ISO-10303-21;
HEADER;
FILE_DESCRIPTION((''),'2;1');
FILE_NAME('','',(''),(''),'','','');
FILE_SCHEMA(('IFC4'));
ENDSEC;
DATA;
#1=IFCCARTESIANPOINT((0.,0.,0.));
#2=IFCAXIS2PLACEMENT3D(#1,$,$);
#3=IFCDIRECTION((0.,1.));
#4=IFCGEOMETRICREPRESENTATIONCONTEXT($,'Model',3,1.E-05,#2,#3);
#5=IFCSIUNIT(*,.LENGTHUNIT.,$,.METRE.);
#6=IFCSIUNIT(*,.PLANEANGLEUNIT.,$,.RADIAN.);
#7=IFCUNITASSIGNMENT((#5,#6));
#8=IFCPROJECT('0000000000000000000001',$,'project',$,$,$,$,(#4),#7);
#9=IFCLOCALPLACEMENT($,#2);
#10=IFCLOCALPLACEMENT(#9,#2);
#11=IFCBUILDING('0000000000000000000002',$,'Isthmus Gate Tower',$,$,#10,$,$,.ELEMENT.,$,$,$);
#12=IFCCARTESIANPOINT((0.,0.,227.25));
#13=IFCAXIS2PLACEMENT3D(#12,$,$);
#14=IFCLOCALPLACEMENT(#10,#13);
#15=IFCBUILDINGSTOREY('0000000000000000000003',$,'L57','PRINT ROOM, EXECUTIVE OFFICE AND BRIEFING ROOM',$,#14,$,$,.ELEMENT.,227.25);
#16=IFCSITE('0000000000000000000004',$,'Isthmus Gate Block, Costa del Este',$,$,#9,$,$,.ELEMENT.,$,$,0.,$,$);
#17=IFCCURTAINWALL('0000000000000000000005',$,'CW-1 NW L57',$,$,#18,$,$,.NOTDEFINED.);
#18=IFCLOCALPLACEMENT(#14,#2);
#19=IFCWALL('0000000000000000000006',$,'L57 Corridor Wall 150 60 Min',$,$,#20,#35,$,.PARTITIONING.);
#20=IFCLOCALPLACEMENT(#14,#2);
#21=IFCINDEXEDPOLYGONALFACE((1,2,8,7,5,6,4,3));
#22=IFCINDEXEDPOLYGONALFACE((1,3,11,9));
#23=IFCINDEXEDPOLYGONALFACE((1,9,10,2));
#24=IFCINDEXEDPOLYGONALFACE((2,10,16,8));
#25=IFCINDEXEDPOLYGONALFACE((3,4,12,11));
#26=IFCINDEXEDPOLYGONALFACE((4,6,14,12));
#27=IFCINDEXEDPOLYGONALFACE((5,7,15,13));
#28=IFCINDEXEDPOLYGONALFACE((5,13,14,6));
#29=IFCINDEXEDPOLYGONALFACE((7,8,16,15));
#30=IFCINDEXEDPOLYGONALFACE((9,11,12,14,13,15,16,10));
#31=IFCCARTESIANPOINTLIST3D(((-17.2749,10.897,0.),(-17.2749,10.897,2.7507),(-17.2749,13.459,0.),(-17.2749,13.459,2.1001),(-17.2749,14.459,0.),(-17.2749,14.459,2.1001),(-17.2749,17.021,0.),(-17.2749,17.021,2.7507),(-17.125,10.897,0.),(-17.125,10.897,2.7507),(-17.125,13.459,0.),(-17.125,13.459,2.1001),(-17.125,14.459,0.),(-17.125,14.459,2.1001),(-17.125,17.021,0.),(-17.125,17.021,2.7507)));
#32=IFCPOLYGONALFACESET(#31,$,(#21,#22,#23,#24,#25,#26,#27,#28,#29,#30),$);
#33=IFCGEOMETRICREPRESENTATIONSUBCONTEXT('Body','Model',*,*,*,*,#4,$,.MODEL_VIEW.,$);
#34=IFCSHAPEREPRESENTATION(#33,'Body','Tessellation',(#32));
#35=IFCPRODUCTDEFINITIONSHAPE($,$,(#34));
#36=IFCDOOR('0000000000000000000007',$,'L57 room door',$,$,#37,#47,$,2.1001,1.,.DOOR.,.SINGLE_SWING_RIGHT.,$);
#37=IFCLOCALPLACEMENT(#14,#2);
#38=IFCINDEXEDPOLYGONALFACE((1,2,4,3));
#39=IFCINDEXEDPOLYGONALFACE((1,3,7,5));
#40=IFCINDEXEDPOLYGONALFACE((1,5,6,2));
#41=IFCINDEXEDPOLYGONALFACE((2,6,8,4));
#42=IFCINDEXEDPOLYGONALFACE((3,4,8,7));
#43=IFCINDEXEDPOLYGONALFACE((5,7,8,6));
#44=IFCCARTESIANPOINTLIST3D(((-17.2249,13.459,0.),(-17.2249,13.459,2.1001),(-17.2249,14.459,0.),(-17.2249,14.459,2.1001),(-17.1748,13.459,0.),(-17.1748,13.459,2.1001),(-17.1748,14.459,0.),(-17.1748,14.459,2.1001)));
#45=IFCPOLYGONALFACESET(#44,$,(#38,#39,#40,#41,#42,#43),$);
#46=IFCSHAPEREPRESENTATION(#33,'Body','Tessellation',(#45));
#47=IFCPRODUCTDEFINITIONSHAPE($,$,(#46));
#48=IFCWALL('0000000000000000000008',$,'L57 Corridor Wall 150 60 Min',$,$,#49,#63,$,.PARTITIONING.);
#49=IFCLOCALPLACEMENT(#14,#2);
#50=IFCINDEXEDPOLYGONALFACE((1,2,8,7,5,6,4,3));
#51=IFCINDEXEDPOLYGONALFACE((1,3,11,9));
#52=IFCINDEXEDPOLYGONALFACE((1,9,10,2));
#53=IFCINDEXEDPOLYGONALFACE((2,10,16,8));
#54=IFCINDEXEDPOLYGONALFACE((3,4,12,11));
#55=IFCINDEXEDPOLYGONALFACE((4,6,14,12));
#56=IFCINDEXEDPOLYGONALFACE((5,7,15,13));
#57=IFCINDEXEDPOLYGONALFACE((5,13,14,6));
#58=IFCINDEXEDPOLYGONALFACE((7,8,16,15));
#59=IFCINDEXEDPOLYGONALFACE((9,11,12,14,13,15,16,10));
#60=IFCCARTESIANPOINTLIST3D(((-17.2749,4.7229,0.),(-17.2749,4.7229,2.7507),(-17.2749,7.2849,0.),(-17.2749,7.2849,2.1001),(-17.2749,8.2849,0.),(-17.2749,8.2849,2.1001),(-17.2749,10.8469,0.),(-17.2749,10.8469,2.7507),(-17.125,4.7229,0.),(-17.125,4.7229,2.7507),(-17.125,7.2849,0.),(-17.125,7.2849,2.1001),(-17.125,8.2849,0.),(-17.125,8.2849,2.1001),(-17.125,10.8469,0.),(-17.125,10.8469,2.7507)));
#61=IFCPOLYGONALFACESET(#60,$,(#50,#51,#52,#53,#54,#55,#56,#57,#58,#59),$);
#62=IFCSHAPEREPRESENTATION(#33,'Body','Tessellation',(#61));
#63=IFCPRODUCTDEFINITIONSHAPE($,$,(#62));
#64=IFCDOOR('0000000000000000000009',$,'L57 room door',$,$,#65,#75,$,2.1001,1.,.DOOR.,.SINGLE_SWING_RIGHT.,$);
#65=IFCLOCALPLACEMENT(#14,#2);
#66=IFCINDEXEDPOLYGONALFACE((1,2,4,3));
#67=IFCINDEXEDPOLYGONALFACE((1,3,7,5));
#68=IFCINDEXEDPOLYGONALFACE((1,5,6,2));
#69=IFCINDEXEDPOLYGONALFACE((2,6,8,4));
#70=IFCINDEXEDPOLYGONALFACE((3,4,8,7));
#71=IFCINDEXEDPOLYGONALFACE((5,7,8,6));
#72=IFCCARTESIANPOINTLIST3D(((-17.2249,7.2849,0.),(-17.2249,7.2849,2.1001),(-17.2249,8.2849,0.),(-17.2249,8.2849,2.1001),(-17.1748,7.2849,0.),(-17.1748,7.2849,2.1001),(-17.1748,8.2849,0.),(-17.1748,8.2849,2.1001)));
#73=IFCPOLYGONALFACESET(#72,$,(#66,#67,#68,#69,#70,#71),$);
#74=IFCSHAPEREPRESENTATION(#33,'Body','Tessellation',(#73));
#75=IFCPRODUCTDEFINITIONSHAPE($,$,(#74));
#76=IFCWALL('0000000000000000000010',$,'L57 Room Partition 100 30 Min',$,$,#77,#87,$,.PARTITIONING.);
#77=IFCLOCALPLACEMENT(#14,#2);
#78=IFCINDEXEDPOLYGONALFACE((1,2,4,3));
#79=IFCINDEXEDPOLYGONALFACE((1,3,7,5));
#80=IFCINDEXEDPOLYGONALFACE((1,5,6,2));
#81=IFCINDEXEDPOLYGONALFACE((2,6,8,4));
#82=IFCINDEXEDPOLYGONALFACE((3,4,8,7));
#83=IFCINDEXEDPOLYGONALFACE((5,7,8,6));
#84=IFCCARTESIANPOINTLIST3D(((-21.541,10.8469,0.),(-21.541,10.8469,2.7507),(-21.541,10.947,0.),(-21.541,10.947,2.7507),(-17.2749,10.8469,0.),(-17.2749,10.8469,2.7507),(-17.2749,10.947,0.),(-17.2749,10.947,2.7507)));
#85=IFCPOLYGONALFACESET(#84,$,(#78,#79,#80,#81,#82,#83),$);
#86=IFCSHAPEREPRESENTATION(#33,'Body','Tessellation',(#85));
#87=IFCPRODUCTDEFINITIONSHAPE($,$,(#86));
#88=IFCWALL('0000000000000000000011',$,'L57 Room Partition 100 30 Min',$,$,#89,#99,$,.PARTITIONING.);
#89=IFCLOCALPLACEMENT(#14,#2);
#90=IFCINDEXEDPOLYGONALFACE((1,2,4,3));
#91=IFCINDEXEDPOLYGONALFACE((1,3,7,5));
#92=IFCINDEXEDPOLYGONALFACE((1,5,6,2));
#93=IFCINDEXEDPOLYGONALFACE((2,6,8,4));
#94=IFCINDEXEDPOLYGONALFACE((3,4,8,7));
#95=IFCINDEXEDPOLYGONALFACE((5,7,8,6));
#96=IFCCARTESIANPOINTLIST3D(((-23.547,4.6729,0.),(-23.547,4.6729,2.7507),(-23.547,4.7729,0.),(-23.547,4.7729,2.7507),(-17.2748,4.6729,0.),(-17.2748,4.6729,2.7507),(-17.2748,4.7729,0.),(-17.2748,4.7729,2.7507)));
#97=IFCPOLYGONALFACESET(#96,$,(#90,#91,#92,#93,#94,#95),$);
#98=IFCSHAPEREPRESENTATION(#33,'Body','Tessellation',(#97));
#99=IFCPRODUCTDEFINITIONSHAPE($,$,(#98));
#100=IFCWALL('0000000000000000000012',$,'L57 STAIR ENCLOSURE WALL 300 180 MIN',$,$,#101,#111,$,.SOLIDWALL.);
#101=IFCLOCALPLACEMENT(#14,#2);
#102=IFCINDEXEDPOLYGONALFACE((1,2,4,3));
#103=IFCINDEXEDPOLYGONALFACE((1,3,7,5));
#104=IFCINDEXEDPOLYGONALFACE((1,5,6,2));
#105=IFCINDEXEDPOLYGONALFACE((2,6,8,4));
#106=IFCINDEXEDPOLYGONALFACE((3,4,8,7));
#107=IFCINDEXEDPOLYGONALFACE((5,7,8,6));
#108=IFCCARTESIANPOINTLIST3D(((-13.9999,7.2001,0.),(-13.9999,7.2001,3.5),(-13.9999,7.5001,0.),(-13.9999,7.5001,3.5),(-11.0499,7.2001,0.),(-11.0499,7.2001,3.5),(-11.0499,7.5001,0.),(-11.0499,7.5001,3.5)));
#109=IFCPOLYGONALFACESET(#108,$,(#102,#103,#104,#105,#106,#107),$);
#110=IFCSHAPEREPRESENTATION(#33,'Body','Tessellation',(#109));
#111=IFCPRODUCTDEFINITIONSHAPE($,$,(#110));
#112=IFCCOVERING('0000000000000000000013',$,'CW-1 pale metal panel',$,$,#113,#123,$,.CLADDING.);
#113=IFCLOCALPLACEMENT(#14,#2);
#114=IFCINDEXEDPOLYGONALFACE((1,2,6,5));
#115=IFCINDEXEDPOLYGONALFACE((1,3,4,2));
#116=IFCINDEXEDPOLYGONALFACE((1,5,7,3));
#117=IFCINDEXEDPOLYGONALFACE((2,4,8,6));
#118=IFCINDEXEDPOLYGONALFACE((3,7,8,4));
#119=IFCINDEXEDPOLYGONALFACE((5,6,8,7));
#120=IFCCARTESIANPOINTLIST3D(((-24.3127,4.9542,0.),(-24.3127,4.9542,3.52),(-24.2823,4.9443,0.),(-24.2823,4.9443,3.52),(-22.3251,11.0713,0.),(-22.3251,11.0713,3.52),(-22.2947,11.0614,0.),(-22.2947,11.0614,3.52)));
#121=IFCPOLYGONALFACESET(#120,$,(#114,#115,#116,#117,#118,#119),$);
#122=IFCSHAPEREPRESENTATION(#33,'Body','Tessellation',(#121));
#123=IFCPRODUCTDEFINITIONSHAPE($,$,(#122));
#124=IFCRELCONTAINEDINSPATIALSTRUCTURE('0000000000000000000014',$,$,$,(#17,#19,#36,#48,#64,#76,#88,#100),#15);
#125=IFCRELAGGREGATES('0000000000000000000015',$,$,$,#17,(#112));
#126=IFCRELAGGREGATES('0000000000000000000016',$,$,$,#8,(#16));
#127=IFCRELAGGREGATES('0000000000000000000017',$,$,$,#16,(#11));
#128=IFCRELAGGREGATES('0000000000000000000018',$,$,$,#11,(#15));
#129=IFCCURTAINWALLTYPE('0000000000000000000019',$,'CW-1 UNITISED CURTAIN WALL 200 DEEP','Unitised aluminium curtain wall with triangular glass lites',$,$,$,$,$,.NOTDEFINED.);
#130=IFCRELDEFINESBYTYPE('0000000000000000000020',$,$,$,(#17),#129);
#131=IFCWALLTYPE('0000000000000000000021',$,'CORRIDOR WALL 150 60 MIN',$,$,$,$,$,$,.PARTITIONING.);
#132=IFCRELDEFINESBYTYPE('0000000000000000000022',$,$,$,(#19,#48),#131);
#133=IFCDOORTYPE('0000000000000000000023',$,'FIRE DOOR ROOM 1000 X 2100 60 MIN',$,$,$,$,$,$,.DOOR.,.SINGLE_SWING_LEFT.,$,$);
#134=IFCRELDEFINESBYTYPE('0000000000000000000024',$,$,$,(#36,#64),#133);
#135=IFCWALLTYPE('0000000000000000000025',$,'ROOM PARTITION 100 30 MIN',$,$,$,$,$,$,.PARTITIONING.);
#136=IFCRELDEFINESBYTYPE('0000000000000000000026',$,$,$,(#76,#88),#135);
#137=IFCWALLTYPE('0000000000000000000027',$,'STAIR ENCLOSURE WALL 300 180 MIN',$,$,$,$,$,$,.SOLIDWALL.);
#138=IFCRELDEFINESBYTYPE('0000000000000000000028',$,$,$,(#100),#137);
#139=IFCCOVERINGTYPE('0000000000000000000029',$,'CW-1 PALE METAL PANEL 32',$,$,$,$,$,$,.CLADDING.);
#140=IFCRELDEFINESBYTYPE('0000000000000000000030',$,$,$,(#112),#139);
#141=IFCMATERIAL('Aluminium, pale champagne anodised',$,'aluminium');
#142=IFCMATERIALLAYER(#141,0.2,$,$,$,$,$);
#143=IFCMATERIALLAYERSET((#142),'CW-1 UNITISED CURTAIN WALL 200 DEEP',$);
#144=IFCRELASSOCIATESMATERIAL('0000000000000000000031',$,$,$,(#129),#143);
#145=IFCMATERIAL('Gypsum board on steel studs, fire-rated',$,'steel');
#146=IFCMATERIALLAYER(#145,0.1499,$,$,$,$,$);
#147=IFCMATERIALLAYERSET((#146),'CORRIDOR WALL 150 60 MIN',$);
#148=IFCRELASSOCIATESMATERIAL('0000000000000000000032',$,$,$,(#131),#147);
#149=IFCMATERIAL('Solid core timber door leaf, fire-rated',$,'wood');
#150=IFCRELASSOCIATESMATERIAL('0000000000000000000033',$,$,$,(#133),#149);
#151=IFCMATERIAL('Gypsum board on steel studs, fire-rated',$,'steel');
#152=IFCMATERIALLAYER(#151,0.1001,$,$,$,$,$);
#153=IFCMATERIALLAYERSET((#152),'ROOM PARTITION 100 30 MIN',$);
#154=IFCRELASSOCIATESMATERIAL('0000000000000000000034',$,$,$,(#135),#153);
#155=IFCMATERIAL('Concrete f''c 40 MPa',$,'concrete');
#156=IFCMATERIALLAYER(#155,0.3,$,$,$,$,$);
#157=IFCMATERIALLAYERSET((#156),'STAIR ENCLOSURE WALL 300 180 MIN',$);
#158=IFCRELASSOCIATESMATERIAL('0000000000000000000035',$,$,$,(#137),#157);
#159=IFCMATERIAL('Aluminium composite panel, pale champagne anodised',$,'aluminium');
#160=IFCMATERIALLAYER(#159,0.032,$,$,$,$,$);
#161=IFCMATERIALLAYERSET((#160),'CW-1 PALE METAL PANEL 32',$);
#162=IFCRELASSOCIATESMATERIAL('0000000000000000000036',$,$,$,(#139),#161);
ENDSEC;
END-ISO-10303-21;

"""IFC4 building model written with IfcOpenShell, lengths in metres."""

from ifc_helpers import new_model, si_unit, direction, frame, frame_2d, origin, origin_2d, place, context, subcontext, project, spatial, rectangle, extrude, material, layer, layer_set, type_object, element, fill, aggregate, save


model = new_model("IFC4")

# Units and contexts
model_context = context("Model", 3, precision=1e-05, world=origin(), true_north=direction((0.0, 1.0)))
body_context = subcontext(model_context, "Body", "Model", "MODEL_VIEW")
ifc_project = project(units=[si_unit("LENGTHUNIT", "METRE"), si_unit("PLANEANGLEUNIT", "RADIAN")], contexts=[model_context])

# Site, building, storey
site_placement = place(None, origin())
site = spatial("IfcSite", under=ifc_project, at=site_placement, Name="Isthmus Gate Block, Costa del Este", CompositionType="ELEMENT", RefElevation=0.0)
building_placement = place(site_placement, origin())
building = spatial("IfcBuilding", under=site, at=building_placement, Name="Isthmus Gate Tower", CompositionType="ELEMENT")
storey_placement = place(building_placement, frame((0.0, 0.0, 227.25)))
storey = spatial("IfcBuildingStorey", under=building, at=storey_placement, Name="L57", Description="PRINT ROOM, EXECUTIVE OFFICE AND BRIEFING ROOM", CompositionType="ELEMENT", Elevation=227.25)

# Curtain wall
ifc_material_1 = material(Name="Aluminium, pale champagne anodised", Category="aluminium")
ifc_layer_1 = layer(ifc_material_1, 0.2)
ifc_layer_set_1 = layer_set([ifc_layer_1], Name="CW-1 UNITISED CURTAIN WALL 200 DEEP")
curtain_wall_type = type_object("IfcCurtainWallType", Name="CW-1 UNITISED CURTAIN WALL 200 DEEP", Description="Unitised aluminium curtain wall with triangular glass lites", PredefinedType="NOTDEFINED", material=ifc_layer_set_1)
curtain_wall_placement = place(storey_placement, origin())
curtain_wall = element("IfcCurtainWall", 1, at=curtain_wall_placement, inside=storey, type_object=curtain_wall_type, Name="CW-1 NW L57", PredefinedType="NOTDEFINED")

# Walls, openings, doors
ifc_material_2 = material(Name="Gypsum board on steel studs, fire-rated", Category="steel")
ifc_layer_2 = layer(ifc_material_2, 0.1499)
ifc_layer_set_2 = layer_set([ifc_layer_2], Name="CORRIDOR WALL 150 60 MIN")
wall_type_1 = type_object("IfcWallType", Name="CORRIDOR WALL 150 60 MIN", PredefinedType="PARTITIONING", material=ifc_layer_set_2)
wall_1_placement = place(storey_placement, frame((-17.2, 10.897, 0.0), z_axis=(0.0, 0.0, 1.0), x_axis=(0.0, 1.0, 0.0)))
wall_1 = element("IfcWall", 2, at=wall_1_placement, inside=storey, type_object=wall_type_1, Name="L57 Corridor Wall 150 60 Min", PredefinedType="PARTITIONING", context=body_context, shape_type="SweptSolid", body=[
    extrude(rectangle(XDim=6.124, YDim=0.1499, at=frame_2d((3.062, 0.0))), origin(), (0.0, 0.0, 1.0), 2.7507),
])
opening_1_placement = place(wall_1_placement, frame((2.562, 0.0, 0.0)))
opening_1 = element("IfcOpeningElement", 3, at=opening_1_placement, cuts=wall_1, PredefinedType="OPENING", context=body_context, shape_type="SweptSolid", body=[
    extrude(rectangle(XDim=1.0, YDim=2.1001, at=frame_2d((0.5, 1.05))), frame((0.0, 0.085, 0.0), z_axis=(0.0, -1.0, 0.0), x_axis=(1.0, 0.0, 0.0)), (0.0, 0.0, 1.0), 0.1699),
])
ifc_material_3 = material(Name="Solid core timber door leaf, fire-rated", Category="wood")
door_type = type_object("IfcDoorType", Name="FIRE DOOR ROOM 1000 X 2100 60 MIN", OperationType="SINGLE_SWING_LEFT", PredefinedType="DOOR", material=ifc_material_3)
door_1_placement = place(opening_1_placement, origin())
door_1 = element("IfcDoor", 4, at=door_1_placement, inside=storey, type_object=door_type, Name="L57 room door", OperationType="SINGLE_SWING_RIGHT", OverallHeight=2.1001, OverallWidth=1.0, PredefinedType="DOOR", context=body_context, shape_type="SweptSolid", body=[
    extrude(rectangle(XDim=1.0, YDim=2.1001, at=frame_2d((0.5, 1.05))), frame((0.0, 0.0249, 0.0), z_axis=(0.0, -1.0, 0.0), x_axis=(1.0, 0.0, 0.0)), (0.0, 0.0, 1.0), 0.05),
])
fill(opening_1, door_1)
wall_2_placement = place(storey_placement, frame((-17.2, 4.7229, 0.0), z_axis=(0.0, 0.0, 1.0), x_axis=(0.0, 1.0, 0.0)))
wall_2 = element("IfcWall", 5, at=wall_2_placement, inside=storey, type_object=wall_type_1, Name="L57 Corridor Wall 150 60 Min", PredefinedType="PARTITIONING", context=body_context, shape_type="SweptSolid", body=[
    extrude(rectangle(XDim=6.124, YDim=0.1499, at=frame_2d((3.062, 0.0))), origin(), (0.0, 0.0, 1.0), 2.7507),
])
opening_2_placement = place(wall_2_placement, frame((2.562, 0.0, 0.0)))
opening_2 = element("IfcOpeningElement", 6, at=opening_2_placement, cuts=wall_2, PredefinedType="OPENING", context=body_context, shape_type="SweptSolid", body=[
    extrude(rectangle(XDim=1.0, YDim=2.1001, at=frame_2d((0.5, 1.05))), frame((0.0, 0.085, 0.0), z_axis=(0.0, -1.0, 0.0), x_axis=(1.0, 0.0, 0.0)), (0.0, 0.0, 1.0), 0.1699),
])
door_2_placement = place(opening_2_placement, origin())
door_2 = element("IfcDoor", 7, at=door_2_placement, inside=storey, type_object=door_type, Name="L57 room door", OperationType="SINGLE_SWING_RIGHT", OverallHeight=2.1001, OverallWidth=1.0, PredefinedType="DOOR", context=body_context, shape_type="SweptSolid", body=[
    extrude(rectangle(XDim=1.0, YDim=2.1001, at=frame_2d((0.5, 1.05))), frame((0.0, 0.0249, 0.0), z_axis=(0.0, -1.0, 0.0), x_axis=(1.0, 0.0, 0.0)), (0.0, 0.0, 1.0), 0.05),
])
fill(opening_2, door_2)

# Walls
ifc_material_4 = material(Name="Gypsum board on steel studs, fire-rated", Category="steel")
ifc_layer_3 = layer(ifc_material_4, 0.1001)
ifc_layer_set_3 = layer_set([ifc_layer_3], Name="ROOM PARTITION 100 30 MIN")
wall_type_2 = type_object("IfcWallType", Name="ROOM PARTITION 100 30 MIN", PredefinedType="PARTITIONING", material=ifc_layer_set_3)
wall_3_placement = place(storey_placement, frame((-21.541, 10.897, 0.0), z_axis=(0.0, 0.0, 1.0), x_axis=(1.0, 0.0, 0.0)))
element("IfcWall", 8, at=wall_3_placement, inside=storey, type_object=wall_type_2, Name="L57 Room Partition 100 30 Min", PredefinedType="PARTITIONING", context=body_context, shape_type="SweptSolid", body=[
    extrude(rectangle(XDim=4.2661, YDim=0.1001, at=frame_2d((2.1331, 0.0))), origin(), (0.0, 0.0, 1.0), 2.7507),
])
wall_4_placement = place(storey_placement, frame((-23.5471, 4.7229, 0.0), z_axis=(0.0, 0.0, 1.0), x_axis=(1.0, 0.0, 0.0)))
element("IfcWall", 9, at=wall_4_placement, inside=storey, type_object=wall_type_2, Name="L57 Room Partition 100 30 Min", PredefinedType="PARTITIONING", context=body_context, shape_type="SweptSolid", body=[
    extrude(rectangle(XDim=6.2722, YDim=0.1001, at=frame_2d((3.1362, 0.0))), origin(), (0.0, 0.0, 1.0), 2.7507),
])
ifc_material_5 = material(Name="Concrete f'c 40 MPa", Category="concrete")
ifc_layer_4 = layer(ifc_material_5, 0.3)
ifc_layer_set_4 = layer_set([ifc_layer_4], Name="STAIR ENCLOSURE WALL 300 180 MIN")
wall_type_3 = type_object("IfcWallType", Name="STAIR ENCLOSURE WALL 300 180 MIN", PredefinedType="SOLIDWALL", material=ifc_layer_set_4)
wall_5_placement = place(storey_placement, frame((-14.0, 7.3501, 0.0), z_axis=(0.0, 0.0, 1.0), x_axis=(1.0, 0.0, 0.0)))
element("IfcWall", 10, at=wall_5_placement, inside=storey, type_object=wall_type_3, Name="L57 STAIR ENCLOSURE WALL 300 180 MIN", PredefinedType="SOLIDWALL", context=body_context, shape_type="SweptSolid", body=[
    extrude(rectangle(XDim=2.95, YDim=0.3, at=frame_2d((1.4751, 0.0))), origin(), (0.0, 0.0, 1.0), 3.5),
])

# Covering
ifc_material_6 = material(Name="Aluminium composite panel, pale champagne anodised", Category="aluminium")
ifc_layer_5 = layer(ifc_material_6, 0.032)
ifc_layer_set_5 = layer_set([ifc_layer_5], Name="CW-1 PALE METAL PANEL 32")
covering_type = type_object("IfcCoveringType", Name="CW-1 PALE METAL PANEL 32", PredefinedType="CLADDING", material=ifc_layer_set_5)
covering_placement = place(storey_placement, frame((-23.3037, 8.0078, 0.0), z_axis=(0.0, 0.0, 1.0), x_axis=(-0.309017, -0.951057, 0.0)))
covering = element("IfcCovering", 11, at=covering_placement, type_object=covering_type, Name="CW-1 pale metal panel", PredefinedType="CLADDING", context=body_context, shape_type="SweptSolid", body=[
    extrude(rectangle(XDim=6.4319, YDim=0.032, at=origin_2d()), origin(), (0.0, 0.0, 1.0), 3.52),
])
aggregate(curtain_wall, [covering])

save(model, "model.ifc")
